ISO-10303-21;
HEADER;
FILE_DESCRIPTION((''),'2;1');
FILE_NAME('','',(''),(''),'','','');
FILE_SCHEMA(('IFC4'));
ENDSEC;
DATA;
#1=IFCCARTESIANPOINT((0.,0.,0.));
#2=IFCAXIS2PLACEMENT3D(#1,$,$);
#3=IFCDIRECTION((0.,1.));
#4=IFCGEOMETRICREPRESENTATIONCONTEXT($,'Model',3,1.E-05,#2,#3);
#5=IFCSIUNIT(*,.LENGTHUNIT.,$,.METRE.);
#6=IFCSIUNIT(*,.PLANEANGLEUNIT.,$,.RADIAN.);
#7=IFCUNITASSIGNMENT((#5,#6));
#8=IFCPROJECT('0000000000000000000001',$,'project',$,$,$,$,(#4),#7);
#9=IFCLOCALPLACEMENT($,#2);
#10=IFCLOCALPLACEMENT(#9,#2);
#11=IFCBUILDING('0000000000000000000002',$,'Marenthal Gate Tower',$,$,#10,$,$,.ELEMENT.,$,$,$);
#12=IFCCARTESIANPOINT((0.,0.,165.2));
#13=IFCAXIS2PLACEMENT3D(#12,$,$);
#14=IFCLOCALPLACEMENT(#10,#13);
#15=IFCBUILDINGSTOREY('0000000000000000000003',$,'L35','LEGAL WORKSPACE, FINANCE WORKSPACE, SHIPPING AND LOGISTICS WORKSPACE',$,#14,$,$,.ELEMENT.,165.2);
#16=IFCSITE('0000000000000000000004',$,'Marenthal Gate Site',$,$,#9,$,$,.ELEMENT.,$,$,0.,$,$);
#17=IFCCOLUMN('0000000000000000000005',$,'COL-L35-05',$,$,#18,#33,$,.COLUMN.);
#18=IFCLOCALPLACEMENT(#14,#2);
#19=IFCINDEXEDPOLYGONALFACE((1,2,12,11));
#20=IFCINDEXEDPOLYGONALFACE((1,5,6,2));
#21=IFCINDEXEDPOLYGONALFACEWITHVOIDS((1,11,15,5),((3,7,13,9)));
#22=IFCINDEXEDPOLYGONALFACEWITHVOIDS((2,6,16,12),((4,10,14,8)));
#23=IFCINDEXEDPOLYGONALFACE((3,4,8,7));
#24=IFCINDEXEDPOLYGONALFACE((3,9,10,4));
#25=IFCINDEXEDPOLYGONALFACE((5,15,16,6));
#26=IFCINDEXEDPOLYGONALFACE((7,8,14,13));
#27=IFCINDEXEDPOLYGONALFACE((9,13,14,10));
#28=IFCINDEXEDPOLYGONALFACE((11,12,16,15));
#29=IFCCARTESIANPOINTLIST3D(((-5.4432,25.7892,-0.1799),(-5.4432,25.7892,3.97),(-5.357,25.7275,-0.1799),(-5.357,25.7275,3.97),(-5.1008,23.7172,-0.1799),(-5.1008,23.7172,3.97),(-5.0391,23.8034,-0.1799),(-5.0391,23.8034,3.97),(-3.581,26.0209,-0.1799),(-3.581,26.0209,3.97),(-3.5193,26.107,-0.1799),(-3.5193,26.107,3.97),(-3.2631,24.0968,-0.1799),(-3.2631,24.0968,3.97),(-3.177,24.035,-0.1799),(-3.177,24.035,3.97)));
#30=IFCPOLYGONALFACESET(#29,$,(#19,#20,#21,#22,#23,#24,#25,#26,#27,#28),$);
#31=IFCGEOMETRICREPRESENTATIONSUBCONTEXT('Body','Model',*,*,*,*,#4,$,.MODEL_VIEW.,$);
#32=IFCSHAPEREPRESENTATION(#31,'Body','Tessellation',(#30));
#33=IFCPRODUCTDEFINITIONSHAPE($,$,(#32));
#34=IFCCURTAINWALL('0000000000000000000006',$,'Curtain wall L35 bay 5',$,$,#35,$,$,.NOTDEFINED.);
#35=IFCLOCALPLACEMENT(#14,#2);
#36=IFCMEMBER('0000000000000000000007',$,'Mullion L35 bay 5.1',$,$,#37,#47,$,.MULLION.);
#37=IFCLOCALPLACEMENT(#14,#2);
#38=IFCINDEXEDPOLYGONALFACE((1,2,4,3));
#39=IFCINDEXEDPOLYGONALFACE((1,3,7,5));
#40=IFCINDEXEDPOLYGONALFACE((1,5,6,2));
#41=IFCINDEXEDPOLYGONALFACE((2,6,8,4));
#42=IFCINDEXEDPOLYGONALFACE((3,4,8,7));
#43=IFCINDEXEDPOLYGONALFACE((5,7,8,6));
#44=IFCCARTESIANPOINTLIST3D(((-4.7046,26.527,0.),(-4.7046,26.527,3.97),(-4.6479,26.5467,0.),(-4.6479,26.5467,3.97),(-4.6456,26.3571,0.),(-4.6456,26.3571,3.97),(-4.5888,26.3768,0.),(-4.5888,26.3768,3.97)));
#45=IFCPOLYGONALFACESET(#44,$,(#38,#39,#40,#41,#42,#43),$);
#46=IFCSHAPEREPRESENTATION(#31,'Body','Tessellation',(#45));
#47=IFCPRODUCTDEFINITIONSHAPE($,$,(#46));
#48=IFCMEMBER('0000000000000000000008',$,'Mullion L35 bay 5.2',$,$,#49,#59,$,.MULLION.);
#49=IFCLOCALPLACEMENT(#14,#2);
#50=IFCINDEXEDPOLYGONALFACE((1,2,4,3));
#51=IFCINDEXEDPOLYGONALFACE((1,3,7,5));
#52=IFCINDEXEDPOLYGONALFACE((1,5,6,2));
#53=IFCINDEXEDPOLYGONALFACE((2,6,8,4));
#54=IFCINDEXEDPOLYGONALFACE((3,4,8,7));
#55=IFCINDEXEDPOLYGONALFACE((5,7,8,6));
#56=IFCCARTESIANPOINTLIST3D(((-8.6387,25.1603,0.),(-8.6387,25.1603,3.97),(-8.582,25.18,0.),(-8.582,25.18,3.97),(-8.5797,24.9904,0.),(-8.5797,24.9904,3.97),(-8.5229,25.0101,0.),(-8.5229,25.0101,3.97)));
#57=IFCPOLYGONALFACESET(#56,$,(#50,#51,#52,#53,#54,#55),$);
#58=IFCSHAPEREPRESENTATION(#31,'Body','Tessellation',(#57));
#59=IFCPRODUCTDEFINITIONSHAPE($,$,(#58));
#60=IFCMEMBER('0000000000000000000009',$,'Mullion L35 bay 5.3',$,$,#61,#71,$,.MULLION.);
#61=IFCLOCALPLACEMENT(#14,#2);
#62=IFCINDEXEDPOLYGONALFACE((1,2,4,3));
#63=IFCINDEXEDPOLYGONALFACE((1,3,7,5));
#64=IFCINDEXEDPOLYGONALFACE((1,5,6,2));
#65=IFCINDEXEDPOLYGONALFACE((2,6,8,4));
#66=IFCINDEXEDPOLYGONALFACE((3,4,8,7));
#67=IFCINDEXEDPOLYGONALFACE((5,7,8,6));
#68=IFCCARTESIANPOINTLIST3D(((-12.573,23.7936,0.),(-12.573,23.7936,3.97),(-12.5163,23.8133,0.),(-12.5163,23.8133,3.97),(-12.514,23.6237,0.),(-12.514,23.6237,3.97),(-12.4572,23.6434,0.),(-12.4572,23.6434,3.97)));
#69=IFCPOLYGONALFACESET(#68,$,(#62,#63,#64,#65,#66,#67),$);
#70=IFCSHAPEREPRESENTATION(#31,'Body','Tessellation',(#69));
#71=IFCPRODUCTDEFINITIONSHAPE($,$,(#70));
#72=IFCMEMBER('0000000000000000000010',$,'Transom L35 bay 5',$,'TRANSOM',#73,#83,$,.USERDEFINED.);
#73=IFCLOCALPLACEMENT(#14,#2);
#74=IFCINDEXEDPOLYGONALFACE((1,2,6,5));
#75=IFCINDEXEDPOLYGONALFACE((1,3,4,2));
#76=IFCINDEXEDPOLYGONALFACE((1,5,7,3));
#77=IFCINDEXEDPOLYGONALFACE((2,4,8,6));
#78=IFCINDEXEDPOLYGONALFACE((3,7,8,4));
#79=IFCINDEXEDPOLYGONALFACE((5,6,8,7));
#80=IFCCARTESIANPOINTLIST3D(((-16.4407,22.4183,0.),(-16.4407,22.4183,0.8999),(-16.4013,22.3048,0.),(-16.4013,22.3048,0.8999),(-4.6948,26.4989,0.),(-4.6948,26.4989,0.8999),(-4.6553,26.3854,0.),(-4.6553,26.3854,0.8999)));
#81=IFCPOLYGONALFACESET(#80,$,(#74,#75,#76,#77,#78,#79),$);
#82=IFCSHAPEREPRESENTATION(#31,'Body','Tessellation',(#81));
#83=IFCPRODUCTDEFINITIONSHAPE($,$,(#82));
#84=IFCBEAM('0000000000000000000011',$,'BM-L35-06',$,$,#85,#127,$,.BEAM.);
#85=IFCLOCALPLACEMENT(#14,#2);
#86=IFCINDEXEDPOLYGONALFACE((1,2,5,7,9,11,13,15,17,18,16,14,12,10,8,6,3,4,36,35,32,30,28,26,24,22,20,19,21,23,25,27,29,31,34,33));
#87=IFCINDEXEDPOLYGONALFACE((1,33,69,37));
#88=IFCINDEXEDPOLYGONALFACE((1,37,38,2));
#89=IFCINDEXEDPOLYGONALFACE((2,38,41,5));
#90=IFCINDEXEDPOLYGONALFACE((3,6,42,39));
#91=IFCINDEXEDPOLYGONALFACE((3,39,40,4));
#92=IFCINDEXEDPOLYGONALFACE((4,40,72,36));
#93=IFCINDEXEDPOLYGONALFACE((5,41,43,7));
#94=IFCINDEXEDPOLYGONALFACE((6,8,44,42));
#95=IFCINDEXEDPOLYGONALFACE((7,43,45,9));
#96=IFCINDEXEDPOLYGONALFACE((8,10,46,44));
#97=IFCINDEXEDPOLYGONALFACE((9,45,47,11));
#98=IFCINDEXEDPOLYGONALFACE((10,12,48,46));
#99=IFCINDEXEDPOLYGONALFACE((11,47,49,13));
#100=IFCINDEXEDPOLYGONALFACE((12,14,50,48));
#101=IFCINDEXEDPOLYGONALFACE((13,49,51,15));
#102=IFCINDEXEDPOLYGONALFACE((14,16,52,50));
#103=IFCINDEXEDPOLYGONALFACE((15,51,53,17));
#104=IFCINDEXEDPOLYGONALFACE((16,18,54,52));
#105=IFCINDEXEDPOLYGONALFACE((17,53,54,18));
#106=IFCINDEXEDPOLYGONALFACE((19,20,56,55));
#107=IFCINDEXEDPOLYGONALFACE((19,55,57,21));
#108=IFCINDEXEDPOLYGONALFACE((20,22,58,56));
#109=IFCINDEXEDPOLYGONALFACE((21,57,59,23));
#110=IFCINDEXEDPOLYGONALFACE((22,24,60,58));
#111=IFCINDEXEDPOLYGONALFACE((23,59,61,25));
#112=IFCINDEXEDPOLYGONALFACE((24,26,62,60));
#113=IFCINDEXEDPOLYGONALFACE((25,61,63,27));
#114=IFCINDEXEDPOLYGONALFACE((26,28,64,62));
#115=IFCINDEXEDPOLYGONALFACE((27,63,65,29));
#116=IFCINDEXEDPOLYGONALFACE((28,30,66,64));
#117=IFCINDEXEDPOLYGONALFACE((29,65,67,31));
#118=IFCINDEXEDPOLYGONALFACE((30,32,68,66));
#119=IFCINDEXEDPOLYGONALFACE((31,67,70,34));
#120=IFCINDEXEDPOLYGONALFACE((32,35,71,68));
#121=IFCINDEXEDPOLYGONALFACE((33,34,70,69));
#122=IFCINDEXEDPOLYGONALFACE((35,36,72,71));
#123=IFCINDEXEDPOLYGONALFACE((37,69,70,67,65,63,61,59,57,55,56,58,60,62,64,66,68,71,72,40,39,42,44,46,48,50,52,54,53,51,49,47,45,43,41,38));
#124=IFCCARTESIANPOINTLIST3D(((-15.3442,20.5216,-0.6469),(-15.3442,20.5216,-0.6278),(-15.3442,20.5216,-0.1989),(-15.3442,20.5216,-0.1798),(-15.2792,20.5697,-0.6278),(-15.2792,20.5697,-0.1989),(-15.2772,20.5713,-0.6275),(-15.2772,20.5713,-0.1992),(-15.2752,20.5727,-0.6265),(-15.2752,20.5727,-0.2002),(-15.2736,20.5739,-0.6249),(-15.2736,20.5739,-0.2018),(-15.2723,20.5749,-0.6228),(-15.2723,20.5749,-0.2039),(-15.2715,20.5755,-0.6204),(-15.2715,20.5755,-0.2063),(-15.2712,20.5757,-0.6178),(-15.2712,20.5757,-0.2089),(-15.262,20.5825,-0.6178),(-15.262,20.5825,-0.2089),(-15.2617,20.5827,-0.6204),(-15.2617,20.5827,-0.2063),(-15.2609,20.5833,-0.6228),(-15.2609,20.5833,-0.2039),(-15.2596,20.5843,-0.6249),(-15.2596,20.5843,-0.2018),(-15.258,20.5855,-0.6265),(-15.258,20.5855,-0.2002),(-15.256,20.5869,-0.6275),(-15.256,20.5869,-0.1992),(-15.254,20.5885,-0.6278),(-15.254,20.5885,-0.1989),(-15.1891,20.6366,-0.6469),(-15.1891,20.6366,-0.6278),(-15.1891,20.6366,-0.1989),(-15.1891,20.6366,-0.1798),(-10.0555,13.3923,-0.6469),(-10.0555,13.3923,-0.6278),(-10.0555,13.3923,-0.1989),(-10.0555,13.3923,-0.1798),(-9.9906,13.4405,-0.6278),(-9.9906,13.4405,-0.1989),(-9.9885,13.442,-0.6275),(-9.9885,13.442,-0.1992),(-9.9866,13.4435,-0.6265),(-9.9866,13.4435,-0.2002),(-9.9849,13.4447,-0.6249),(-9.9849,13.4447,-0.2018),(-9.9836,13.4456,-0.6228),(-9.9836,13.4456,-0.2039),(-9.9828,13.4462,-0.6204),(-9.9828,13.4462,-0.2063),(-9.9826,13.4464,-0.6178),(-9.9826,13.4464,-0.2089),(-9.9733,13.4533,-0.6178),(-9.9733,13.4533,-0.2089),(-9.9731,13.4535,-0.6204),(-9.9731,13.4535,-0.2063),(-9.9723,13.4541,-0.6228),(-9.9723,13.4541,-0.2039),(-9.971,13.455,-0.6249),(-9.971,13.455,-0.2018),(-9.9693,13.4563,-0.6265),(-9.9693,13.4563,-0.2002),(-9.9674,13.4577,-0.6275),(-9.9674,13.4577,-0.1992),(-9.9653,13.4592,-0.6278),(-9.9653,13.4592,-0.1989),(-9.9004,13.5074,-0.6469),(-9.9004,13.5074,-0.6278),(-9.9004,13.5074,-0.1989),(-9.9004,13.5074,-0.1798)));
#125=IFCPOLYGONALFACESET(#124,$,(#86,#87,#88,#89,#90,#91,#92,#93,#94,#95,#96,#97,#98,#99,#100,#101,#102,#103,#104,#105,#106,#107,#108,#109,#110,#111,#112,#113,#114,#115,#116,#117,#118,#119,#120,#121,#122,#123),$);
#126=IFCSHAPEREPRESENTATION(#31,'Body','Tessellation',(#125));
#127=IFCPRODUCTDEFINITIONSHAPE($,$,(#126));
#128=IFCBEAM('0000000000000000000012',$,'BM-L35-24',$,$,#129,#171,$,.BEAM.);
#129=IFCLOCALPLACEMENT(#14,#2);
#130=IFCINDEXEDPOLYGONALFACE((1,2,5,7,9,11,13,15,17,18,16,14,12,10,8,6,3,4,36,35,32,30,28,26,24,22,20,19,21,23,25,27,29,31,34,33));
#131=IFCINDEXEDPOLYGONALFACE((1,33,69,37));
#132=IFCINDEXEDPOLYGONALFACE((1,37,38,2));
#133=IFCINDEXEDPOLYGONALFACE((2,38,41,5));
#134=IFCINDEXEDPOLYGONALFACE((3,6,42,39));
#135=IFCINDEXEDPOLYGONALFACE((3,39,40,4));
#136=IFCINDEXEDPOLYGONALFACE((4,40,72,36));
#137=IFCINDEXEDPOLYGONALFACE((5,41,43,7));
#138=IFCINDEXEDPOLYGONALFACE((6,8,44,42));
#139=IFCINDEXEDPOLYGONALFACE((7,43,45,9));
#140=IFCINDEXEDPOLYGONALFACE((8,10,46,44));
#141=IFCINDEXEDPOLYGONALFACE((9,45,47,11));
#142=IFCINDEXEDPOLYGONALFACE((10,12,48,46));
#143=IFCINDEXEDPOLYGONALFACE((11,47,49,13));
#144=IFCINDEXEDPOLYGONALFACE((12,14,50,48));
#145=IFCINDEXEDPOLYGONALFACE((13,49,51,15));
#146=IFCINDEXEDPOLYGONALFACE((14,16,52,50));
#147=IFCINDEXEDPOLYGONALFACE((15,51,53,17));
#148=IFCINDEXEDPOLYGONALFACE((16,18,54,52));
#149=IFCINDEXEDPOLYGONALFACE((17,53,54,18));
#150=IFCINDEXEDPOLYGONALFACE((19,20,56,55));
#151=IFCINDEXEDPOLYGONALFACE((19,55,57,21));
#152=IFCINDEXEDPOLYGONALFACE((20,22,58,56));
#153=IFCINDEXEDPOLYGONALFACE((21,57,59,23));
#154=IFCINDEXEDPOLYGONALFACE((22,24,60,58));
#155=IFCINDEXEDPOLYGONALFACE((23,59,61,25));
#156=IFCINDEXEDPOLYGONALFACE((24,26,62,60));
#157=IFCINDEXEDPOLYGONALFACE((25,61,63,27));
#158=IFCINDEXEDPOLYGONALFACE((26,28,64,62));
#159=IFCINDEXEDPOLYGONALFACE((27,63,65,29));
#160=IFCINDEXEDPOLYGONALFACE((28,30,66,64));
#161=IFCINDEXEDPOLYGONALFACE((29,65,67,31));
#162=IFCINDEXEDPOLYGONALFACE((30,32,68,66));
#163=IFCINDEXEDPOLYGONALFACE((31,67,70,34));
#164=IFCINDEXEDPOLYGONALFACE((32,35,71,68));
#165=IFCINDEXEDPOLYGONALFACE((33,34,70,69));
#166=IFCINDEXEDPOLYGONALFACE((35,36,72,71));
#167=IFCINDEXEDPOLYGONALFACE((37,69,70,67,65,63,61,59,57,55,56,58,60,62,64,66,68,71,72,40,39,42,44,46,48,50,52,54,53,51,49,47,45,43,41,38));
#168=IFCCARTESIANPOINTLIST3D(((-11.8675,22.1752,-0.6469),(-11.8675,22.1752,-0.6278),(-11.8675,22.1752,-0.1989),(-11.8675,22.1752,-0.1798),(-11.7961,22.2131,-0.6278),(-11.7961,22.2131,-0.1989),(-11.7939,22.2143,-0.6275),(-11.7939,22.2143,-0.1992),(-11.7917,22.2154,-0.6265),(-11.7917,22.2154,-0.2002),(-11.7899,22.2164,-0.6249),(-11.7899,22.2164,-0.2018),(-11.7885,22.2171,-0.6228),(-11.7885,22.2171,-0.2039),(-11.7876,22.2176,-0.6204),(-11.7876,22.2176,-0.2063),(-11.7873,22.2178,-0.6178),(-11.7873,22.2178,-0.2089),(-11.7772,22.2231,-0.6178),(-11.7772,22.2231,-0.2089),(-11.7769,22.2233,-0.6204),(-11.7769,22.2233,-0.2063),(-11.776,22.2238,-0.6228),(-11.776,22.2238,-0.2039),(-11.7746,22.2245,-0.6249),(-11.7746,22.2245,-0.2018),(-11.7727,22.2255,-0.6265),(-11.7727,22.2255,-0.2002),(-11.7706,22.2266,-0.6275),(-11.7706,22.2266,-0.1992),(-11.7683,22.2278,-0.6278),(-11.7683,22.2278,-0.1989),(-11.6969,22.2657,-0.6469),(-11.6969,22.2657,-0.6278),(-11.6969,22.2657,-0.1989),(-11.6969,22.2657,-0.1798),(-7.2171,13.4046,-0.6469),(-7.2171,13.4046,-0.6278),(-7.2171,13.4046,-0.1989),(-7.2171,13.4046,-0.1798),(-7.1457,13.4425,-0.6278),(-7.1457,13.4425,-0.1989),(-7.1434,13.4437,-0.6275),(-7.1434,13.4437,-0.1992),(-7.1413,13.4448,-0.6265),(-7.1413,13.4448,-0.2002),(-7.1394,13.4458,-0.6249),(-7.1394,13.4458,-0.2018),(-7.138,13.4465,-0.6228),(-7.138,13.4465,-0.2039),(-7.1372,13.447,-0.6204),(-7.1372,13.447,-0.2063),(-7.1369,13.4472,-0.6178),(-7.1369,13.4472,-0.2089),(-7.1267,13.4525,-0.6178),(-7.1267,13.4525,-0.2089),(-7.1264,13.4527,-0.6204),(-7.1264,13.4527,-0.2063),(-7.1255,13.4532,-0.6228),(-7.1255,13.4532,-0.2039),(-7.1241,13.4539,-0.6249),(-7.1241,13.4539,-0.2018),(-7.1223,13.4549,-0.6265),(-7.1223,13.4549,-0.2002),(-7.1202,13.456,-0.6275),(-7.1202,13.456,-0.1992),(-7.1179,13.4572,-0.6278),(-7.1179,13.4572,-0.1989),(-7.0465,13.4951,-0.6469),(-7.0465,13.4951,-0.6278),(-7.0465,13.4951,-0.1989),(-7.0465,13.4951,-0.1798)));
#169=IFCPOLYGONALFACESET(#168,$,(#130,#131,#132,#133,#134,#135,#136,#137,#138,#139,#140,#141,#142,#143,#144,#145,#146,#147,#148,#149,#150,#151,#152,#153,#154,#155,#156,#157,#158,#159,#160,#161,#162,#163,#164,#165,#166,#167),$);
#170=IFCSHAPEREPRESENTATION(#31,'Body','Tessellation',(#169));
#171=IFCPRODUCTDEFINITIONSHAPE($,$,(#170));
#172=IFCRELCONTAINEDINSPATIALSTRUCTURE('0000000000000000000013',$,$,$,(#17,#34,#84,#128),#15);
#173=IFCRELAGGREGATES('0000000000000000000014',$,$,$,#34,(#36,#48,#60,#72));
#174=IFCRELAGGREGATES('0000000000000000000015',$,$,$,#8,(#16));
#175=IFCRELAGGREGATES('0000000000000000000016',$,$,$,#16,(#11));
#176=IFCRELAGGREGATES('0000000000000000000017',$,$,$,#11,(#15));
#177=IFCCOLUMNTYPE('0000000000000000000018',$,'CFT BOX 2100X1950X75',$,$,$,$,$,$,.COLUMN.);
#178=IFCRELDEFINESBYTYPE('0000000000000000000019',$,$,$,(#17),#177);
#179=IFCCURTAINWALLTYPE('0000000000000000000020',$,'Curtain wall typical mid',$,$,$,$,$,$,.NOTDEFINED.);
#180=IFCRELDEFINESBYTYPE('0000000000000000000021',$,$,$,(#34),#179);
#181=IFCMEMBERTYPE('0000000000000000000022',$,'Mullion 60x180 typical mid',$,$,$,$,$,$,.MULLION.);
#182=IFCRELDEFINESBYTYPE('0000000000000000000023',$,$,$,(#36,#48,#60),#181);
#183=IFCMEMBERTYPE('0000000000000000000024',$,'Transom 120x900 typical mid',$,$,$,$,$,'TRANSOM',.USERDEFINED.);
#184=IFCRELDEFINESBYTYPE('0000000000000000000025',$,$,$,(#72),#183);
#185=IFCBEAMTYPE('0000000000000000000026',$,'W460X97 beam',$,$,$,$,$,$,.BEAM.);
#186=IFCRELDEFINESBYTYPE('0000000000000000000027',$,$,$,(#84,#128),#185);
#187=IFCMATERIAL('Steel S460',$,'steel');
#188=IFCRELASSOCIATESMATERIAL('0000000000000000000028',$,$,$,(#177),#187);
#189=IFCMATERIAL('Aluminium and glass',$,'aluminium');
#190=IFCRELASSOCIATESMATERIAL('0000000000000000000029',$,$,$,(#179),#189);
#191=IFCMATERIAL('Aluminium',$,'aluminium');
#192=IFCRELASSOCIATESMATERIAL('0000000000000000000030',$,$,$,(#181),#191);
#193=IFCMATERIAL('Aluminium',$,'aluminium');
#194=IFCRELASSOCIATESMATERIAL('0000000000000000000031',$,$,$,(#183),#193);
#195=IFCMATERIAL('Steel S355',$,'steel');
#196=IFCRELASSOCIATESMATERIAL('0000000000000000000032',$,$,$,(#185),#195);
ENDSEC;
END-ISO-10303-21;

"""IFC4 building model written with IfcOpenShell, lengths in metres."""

from ifc_helpers import new_model, si_unit, direction, frame, origin, origin_2d, place, context, subcontext, project, spatial, rectangle, hollow_rectangle, i_section, extrude, material, material_profile, profile_set, type_object, element, aggregate, save


model = new_model("IFC4")

# Units and contexts
model_context = context("Model", 3, precision=1e-05, world=origin(), true_north=direction((0.0, 1.0)))
body_context = subcontext(model_context, "Body", "Model", "MODEL_VIEW")
ifc_project = project(units=[si_unit("LENGTHUNIT", "METRE"), si_unit("PLANEANGLEUNIT", "RADIAN")], contexts=[model_context])

# Site, building, storey
site_placement = place(None, origin())
site = spatial("IfcSite", under=ifc_project, at=site_placement, Name="Marenthal Gate Site", CompositionType="ELEMENT", RefElevation=0.0)
building_placement = place(site_placement, origin())
building = spatial("IfcBuilding", under=site, at=building_placement, Name="Marenthal Gate Tower", CompositionType="ELEMENT")
storey_placement = place(building_placement, frame((0.0, 0.0, 165.2)))
storey = spatial("IfcBuildingStorey", under=building, at=storey_placement, Name="L35", Description="LEGAL WORKSPACE, FINANCE WORKSPACE, SHIPPING AND LOGISTICS WORKSPACE", CompositionType="ELEMENT", Elevation=165.2)

# Column
ifc_material_1 = material(Name="Steel S460", Category="steel")
ifc_material_profile_1 = material_profile(ifc_material_1, hollow_rectangle(XDim=1.95, YDim=2.1001, WallThickness=0.075, at=origin_2d()), Name="CFT BOX 2100X1950X75")
ifc_material_2 = material(Name="Concrete 70 MPa", Category="concrete")
ifc_material_profile_2 = material_profile(ifc_material_2, rectangle(XDim=1.8, YDim=1.95, at=origin_2d()), Name="CFT BOX 2100X1950X75 INFILL")
ifc_profile_set_1 = profile_set([ifc_material_profile_1, ifc_material_profile_2], Name="Steel S460 shell, Concrete 70 MPa infill")
column_type = type_object("IfcColumnType", Name="CFT BOX 2100X1950X75", PredefinedType="COLUMN", material=ifc_profile_set_1)
column_placement = place(storey_placement, frame((-4.3101, 24.9121, -0.1799), z_axis=(0.0, 0.0, 1.0), x_axis=(0.986627, 0.162997, 0.0)))
element("IfcColumn", 1, at=column_placement, inside=storey, type_object=column_type, Name="COL-L35-05", PredefinedType="COLUMN", context=body_context, shape_type="SweptSolid", body=[
    extrude(hollow_rectangle(XDim=1.95, YDim=2.1001, WallThickness=0.075, at=origin_2d()), origin(), (0.0, 0.0, 1.0), 4.1499),
])

# Curtain wall, members
ifc_material_3 = material(Name="Aluminium and glass", Category="aluminium")
curtain_wall_type = type_object("IfcCurtainWallType", Name="Curtain wall typical mid", PredefinedType="NOTDEFINED", material=ifc_material_3)
curtain_wall_placement = place(storey_placement, origin())
curtain_wall = element("IfcCurtainWall", 2, at=curtain_wall_placement, inside=storey, type_object=curtain_wall_type, Name="Curtain wall L35 bay 5", PredefinedType="NOTDEFINED")
ifc_material_4 = material(Name="Aluminium", Category="aluminium")
ifc_material_profile_3 = material_profile(ifc_material_4, rectangle(XDim=0.1799, YDim=0.0601, at=origin_2d()), Name="60x180 aluminium mullion")
ifc_profile_set_2 = profile_set([ifc_material_profile_3], Name="Aluminium")
member_type_1 = type_object("IfcMemberType", Name="Mullion 60x180 typical mid", PredefinedType="MULLION", material=ifc_profile_set_2)
member_1_placement = place(storey_placement, frame((-4.6467, 26.4519, 0.0), z_axis=(0.0, 0.0, 1.0), x_axis=(0.328158, -0.944623, 0.0)))
member_1 = element("IfcMember", 3, at=member_1_placement, type_object=member_type_1, Name="Mullion L35 bay 5.1", PredefinedType="MULLION", context=body_context, shape_type="SweptSolid", body=[
    extrude(rectangle(XDim=0.1799, YDim=0.0601, at=origin_2d()), origin(), (0.0, 0.0, 1.0), 3.97),
])
member_2_placement = place(storey_placement, frame((-8.5808, 25.0852, 0.0), z_axis=(0.0, 0.0, 1.0), x_axis=(0.328158, -0.944623, 0.0)))
member_2 = element("IfcMember", 4, at=member_2_placement, type_object=member_type_1, Name="Mullion L35 bay 5.2", PredefinedType="MULLION", context=body_context, shape_type="SweptSolid", body=[
    extrude(rectangle(XDim=0.1799, YDim=0.0601, at=origin_2d()), origin(), (0.0, 0.0, 1.0), 3.97),
])
member_3_placement = place(storey_placement, frame((-12.5151, 23.7185, 0.0), z_axis=(0.0, 0.0, 1.0), x_axis=(0.328158, -0.944623, 0.0)))
member_3 = element("IfcMember", 5, at=member_3_placement, type_object=member_type_1, Name="Mullion L35 bay 5.3", PredefinedType="MULLION", context=body_context, shape_type="SweptSolid", body=[
    extrude(rectangle(XDim=0.1799, YDim=0.0601, at=origin_2d()), origin(), (0.0, 0.0, 1.0), 3.97),
])
ifc_material_5 = material(Name="Aluminium", Category="aluminium")
ifc_material_profile_4 = material_profile(ifc_material_5, rectangle(XDim=0.1201, YDim=0.8999, at=origin_2d()), Name="120x900 aluminium transom")
ifc_profile_set_3 = profile_set([ifc_material_profile_4], Name="Aluminium")
member_type_2 = type_object("IfcMemberType", Name="Transom 120x900 typical mid", ElementType="TRANSOM", PredefinedType="USERDEFINED", material=ifc_profile_set_3)
member_4_placement = place(storey_placement, frame((-4.675, 26.4421, 0.45), z_axis=(-0.94462, -0.328166, 0.0), x_axis=(0.328166, -0.94462, 0.0)))
member_4 = element("IfcMember", 6, at=member_4_placement, type_object=member_type_2, Name="Transom L35 bay 5", ObjectType="TRANSOM", PredefinedType="USERDEFINED", context=body_context, shape_type="SweptSolid", body=[
    extrude(rectangle(XDim=0.1201, YDim=0.8999, at=origin_2d()), origin(), (0.0, 0.0, 1.0), 12.4346),
])

# Beams
ifc_material_6 = material(Name="Steel S355", Category="steel")
ifc_material_profile_5 = material_profile(ifc_material_6, i_section(OverallWidth=0.1931, OverallDepth=0.467, WebThickness=0.0115, FlangeThickness=0.019, FilletRadius=0.01, at=origin_2d()), Name="W460X97")
ifc_profile_set_4 = profile_set([ifc_material_profile_5], Name="Steel S355")
beam_type_1 = type_object("IfcBeamType", Name="W460X97 beam", PredefinedType="BEAM", material=ifc_profile_set_4)
beam_1_placement = place(storey_placement, frame((-15.2666, 20.5791, -0.4133), z_axis=(0.595789, -0.803141, 0.0), x_axis=(0.803141, 0.595789, 0.0)))
element("IfcBeam", 7, at=beam_1_placement, inside=storey, type_object=beam_type_1, Name="BM-L35-06", PredefinedType="BEAM", context=body_context, shape_type="SweptSolid", body=[
    extrude(i_section(OverallWidth=0.1931, OverallDepth=0.467, WebThickness=0.0115, FlangeThickness=0.019, FilletRadius=0.01, at=origin_2d()), origin(), (0.0, 0.0, 1.0), 8.8767),
])
beam_2_placement = place(storey_placement, frame((-11.7822, 22.2205, -0.4133), z_axis=(0.468453, -0.883489, 0.0), x_axis=(0.883489, 0.468453, 0.0)))
element("IfcBeam", 8, at=beam_2_placement, inside=storey, type_object=beam_type_1, Name="BM-L35-24", PredefinedType="BEAM", context=body_context, shape_type="SweptSolid", body=[
    extrude(i_section(OverallWidth=0.1931, OverallDepth=0.467, WebThickness=0.0115, FlangeThickness=0.019, FilletRadius=0.01, at=origin_2d()), origin(), (0.0, 0.0, 1.0), 9.9272),
])

aggregate(curtain_wall, [member_1, member_2, member_3, member_4])

save(model, "model.ifc")
